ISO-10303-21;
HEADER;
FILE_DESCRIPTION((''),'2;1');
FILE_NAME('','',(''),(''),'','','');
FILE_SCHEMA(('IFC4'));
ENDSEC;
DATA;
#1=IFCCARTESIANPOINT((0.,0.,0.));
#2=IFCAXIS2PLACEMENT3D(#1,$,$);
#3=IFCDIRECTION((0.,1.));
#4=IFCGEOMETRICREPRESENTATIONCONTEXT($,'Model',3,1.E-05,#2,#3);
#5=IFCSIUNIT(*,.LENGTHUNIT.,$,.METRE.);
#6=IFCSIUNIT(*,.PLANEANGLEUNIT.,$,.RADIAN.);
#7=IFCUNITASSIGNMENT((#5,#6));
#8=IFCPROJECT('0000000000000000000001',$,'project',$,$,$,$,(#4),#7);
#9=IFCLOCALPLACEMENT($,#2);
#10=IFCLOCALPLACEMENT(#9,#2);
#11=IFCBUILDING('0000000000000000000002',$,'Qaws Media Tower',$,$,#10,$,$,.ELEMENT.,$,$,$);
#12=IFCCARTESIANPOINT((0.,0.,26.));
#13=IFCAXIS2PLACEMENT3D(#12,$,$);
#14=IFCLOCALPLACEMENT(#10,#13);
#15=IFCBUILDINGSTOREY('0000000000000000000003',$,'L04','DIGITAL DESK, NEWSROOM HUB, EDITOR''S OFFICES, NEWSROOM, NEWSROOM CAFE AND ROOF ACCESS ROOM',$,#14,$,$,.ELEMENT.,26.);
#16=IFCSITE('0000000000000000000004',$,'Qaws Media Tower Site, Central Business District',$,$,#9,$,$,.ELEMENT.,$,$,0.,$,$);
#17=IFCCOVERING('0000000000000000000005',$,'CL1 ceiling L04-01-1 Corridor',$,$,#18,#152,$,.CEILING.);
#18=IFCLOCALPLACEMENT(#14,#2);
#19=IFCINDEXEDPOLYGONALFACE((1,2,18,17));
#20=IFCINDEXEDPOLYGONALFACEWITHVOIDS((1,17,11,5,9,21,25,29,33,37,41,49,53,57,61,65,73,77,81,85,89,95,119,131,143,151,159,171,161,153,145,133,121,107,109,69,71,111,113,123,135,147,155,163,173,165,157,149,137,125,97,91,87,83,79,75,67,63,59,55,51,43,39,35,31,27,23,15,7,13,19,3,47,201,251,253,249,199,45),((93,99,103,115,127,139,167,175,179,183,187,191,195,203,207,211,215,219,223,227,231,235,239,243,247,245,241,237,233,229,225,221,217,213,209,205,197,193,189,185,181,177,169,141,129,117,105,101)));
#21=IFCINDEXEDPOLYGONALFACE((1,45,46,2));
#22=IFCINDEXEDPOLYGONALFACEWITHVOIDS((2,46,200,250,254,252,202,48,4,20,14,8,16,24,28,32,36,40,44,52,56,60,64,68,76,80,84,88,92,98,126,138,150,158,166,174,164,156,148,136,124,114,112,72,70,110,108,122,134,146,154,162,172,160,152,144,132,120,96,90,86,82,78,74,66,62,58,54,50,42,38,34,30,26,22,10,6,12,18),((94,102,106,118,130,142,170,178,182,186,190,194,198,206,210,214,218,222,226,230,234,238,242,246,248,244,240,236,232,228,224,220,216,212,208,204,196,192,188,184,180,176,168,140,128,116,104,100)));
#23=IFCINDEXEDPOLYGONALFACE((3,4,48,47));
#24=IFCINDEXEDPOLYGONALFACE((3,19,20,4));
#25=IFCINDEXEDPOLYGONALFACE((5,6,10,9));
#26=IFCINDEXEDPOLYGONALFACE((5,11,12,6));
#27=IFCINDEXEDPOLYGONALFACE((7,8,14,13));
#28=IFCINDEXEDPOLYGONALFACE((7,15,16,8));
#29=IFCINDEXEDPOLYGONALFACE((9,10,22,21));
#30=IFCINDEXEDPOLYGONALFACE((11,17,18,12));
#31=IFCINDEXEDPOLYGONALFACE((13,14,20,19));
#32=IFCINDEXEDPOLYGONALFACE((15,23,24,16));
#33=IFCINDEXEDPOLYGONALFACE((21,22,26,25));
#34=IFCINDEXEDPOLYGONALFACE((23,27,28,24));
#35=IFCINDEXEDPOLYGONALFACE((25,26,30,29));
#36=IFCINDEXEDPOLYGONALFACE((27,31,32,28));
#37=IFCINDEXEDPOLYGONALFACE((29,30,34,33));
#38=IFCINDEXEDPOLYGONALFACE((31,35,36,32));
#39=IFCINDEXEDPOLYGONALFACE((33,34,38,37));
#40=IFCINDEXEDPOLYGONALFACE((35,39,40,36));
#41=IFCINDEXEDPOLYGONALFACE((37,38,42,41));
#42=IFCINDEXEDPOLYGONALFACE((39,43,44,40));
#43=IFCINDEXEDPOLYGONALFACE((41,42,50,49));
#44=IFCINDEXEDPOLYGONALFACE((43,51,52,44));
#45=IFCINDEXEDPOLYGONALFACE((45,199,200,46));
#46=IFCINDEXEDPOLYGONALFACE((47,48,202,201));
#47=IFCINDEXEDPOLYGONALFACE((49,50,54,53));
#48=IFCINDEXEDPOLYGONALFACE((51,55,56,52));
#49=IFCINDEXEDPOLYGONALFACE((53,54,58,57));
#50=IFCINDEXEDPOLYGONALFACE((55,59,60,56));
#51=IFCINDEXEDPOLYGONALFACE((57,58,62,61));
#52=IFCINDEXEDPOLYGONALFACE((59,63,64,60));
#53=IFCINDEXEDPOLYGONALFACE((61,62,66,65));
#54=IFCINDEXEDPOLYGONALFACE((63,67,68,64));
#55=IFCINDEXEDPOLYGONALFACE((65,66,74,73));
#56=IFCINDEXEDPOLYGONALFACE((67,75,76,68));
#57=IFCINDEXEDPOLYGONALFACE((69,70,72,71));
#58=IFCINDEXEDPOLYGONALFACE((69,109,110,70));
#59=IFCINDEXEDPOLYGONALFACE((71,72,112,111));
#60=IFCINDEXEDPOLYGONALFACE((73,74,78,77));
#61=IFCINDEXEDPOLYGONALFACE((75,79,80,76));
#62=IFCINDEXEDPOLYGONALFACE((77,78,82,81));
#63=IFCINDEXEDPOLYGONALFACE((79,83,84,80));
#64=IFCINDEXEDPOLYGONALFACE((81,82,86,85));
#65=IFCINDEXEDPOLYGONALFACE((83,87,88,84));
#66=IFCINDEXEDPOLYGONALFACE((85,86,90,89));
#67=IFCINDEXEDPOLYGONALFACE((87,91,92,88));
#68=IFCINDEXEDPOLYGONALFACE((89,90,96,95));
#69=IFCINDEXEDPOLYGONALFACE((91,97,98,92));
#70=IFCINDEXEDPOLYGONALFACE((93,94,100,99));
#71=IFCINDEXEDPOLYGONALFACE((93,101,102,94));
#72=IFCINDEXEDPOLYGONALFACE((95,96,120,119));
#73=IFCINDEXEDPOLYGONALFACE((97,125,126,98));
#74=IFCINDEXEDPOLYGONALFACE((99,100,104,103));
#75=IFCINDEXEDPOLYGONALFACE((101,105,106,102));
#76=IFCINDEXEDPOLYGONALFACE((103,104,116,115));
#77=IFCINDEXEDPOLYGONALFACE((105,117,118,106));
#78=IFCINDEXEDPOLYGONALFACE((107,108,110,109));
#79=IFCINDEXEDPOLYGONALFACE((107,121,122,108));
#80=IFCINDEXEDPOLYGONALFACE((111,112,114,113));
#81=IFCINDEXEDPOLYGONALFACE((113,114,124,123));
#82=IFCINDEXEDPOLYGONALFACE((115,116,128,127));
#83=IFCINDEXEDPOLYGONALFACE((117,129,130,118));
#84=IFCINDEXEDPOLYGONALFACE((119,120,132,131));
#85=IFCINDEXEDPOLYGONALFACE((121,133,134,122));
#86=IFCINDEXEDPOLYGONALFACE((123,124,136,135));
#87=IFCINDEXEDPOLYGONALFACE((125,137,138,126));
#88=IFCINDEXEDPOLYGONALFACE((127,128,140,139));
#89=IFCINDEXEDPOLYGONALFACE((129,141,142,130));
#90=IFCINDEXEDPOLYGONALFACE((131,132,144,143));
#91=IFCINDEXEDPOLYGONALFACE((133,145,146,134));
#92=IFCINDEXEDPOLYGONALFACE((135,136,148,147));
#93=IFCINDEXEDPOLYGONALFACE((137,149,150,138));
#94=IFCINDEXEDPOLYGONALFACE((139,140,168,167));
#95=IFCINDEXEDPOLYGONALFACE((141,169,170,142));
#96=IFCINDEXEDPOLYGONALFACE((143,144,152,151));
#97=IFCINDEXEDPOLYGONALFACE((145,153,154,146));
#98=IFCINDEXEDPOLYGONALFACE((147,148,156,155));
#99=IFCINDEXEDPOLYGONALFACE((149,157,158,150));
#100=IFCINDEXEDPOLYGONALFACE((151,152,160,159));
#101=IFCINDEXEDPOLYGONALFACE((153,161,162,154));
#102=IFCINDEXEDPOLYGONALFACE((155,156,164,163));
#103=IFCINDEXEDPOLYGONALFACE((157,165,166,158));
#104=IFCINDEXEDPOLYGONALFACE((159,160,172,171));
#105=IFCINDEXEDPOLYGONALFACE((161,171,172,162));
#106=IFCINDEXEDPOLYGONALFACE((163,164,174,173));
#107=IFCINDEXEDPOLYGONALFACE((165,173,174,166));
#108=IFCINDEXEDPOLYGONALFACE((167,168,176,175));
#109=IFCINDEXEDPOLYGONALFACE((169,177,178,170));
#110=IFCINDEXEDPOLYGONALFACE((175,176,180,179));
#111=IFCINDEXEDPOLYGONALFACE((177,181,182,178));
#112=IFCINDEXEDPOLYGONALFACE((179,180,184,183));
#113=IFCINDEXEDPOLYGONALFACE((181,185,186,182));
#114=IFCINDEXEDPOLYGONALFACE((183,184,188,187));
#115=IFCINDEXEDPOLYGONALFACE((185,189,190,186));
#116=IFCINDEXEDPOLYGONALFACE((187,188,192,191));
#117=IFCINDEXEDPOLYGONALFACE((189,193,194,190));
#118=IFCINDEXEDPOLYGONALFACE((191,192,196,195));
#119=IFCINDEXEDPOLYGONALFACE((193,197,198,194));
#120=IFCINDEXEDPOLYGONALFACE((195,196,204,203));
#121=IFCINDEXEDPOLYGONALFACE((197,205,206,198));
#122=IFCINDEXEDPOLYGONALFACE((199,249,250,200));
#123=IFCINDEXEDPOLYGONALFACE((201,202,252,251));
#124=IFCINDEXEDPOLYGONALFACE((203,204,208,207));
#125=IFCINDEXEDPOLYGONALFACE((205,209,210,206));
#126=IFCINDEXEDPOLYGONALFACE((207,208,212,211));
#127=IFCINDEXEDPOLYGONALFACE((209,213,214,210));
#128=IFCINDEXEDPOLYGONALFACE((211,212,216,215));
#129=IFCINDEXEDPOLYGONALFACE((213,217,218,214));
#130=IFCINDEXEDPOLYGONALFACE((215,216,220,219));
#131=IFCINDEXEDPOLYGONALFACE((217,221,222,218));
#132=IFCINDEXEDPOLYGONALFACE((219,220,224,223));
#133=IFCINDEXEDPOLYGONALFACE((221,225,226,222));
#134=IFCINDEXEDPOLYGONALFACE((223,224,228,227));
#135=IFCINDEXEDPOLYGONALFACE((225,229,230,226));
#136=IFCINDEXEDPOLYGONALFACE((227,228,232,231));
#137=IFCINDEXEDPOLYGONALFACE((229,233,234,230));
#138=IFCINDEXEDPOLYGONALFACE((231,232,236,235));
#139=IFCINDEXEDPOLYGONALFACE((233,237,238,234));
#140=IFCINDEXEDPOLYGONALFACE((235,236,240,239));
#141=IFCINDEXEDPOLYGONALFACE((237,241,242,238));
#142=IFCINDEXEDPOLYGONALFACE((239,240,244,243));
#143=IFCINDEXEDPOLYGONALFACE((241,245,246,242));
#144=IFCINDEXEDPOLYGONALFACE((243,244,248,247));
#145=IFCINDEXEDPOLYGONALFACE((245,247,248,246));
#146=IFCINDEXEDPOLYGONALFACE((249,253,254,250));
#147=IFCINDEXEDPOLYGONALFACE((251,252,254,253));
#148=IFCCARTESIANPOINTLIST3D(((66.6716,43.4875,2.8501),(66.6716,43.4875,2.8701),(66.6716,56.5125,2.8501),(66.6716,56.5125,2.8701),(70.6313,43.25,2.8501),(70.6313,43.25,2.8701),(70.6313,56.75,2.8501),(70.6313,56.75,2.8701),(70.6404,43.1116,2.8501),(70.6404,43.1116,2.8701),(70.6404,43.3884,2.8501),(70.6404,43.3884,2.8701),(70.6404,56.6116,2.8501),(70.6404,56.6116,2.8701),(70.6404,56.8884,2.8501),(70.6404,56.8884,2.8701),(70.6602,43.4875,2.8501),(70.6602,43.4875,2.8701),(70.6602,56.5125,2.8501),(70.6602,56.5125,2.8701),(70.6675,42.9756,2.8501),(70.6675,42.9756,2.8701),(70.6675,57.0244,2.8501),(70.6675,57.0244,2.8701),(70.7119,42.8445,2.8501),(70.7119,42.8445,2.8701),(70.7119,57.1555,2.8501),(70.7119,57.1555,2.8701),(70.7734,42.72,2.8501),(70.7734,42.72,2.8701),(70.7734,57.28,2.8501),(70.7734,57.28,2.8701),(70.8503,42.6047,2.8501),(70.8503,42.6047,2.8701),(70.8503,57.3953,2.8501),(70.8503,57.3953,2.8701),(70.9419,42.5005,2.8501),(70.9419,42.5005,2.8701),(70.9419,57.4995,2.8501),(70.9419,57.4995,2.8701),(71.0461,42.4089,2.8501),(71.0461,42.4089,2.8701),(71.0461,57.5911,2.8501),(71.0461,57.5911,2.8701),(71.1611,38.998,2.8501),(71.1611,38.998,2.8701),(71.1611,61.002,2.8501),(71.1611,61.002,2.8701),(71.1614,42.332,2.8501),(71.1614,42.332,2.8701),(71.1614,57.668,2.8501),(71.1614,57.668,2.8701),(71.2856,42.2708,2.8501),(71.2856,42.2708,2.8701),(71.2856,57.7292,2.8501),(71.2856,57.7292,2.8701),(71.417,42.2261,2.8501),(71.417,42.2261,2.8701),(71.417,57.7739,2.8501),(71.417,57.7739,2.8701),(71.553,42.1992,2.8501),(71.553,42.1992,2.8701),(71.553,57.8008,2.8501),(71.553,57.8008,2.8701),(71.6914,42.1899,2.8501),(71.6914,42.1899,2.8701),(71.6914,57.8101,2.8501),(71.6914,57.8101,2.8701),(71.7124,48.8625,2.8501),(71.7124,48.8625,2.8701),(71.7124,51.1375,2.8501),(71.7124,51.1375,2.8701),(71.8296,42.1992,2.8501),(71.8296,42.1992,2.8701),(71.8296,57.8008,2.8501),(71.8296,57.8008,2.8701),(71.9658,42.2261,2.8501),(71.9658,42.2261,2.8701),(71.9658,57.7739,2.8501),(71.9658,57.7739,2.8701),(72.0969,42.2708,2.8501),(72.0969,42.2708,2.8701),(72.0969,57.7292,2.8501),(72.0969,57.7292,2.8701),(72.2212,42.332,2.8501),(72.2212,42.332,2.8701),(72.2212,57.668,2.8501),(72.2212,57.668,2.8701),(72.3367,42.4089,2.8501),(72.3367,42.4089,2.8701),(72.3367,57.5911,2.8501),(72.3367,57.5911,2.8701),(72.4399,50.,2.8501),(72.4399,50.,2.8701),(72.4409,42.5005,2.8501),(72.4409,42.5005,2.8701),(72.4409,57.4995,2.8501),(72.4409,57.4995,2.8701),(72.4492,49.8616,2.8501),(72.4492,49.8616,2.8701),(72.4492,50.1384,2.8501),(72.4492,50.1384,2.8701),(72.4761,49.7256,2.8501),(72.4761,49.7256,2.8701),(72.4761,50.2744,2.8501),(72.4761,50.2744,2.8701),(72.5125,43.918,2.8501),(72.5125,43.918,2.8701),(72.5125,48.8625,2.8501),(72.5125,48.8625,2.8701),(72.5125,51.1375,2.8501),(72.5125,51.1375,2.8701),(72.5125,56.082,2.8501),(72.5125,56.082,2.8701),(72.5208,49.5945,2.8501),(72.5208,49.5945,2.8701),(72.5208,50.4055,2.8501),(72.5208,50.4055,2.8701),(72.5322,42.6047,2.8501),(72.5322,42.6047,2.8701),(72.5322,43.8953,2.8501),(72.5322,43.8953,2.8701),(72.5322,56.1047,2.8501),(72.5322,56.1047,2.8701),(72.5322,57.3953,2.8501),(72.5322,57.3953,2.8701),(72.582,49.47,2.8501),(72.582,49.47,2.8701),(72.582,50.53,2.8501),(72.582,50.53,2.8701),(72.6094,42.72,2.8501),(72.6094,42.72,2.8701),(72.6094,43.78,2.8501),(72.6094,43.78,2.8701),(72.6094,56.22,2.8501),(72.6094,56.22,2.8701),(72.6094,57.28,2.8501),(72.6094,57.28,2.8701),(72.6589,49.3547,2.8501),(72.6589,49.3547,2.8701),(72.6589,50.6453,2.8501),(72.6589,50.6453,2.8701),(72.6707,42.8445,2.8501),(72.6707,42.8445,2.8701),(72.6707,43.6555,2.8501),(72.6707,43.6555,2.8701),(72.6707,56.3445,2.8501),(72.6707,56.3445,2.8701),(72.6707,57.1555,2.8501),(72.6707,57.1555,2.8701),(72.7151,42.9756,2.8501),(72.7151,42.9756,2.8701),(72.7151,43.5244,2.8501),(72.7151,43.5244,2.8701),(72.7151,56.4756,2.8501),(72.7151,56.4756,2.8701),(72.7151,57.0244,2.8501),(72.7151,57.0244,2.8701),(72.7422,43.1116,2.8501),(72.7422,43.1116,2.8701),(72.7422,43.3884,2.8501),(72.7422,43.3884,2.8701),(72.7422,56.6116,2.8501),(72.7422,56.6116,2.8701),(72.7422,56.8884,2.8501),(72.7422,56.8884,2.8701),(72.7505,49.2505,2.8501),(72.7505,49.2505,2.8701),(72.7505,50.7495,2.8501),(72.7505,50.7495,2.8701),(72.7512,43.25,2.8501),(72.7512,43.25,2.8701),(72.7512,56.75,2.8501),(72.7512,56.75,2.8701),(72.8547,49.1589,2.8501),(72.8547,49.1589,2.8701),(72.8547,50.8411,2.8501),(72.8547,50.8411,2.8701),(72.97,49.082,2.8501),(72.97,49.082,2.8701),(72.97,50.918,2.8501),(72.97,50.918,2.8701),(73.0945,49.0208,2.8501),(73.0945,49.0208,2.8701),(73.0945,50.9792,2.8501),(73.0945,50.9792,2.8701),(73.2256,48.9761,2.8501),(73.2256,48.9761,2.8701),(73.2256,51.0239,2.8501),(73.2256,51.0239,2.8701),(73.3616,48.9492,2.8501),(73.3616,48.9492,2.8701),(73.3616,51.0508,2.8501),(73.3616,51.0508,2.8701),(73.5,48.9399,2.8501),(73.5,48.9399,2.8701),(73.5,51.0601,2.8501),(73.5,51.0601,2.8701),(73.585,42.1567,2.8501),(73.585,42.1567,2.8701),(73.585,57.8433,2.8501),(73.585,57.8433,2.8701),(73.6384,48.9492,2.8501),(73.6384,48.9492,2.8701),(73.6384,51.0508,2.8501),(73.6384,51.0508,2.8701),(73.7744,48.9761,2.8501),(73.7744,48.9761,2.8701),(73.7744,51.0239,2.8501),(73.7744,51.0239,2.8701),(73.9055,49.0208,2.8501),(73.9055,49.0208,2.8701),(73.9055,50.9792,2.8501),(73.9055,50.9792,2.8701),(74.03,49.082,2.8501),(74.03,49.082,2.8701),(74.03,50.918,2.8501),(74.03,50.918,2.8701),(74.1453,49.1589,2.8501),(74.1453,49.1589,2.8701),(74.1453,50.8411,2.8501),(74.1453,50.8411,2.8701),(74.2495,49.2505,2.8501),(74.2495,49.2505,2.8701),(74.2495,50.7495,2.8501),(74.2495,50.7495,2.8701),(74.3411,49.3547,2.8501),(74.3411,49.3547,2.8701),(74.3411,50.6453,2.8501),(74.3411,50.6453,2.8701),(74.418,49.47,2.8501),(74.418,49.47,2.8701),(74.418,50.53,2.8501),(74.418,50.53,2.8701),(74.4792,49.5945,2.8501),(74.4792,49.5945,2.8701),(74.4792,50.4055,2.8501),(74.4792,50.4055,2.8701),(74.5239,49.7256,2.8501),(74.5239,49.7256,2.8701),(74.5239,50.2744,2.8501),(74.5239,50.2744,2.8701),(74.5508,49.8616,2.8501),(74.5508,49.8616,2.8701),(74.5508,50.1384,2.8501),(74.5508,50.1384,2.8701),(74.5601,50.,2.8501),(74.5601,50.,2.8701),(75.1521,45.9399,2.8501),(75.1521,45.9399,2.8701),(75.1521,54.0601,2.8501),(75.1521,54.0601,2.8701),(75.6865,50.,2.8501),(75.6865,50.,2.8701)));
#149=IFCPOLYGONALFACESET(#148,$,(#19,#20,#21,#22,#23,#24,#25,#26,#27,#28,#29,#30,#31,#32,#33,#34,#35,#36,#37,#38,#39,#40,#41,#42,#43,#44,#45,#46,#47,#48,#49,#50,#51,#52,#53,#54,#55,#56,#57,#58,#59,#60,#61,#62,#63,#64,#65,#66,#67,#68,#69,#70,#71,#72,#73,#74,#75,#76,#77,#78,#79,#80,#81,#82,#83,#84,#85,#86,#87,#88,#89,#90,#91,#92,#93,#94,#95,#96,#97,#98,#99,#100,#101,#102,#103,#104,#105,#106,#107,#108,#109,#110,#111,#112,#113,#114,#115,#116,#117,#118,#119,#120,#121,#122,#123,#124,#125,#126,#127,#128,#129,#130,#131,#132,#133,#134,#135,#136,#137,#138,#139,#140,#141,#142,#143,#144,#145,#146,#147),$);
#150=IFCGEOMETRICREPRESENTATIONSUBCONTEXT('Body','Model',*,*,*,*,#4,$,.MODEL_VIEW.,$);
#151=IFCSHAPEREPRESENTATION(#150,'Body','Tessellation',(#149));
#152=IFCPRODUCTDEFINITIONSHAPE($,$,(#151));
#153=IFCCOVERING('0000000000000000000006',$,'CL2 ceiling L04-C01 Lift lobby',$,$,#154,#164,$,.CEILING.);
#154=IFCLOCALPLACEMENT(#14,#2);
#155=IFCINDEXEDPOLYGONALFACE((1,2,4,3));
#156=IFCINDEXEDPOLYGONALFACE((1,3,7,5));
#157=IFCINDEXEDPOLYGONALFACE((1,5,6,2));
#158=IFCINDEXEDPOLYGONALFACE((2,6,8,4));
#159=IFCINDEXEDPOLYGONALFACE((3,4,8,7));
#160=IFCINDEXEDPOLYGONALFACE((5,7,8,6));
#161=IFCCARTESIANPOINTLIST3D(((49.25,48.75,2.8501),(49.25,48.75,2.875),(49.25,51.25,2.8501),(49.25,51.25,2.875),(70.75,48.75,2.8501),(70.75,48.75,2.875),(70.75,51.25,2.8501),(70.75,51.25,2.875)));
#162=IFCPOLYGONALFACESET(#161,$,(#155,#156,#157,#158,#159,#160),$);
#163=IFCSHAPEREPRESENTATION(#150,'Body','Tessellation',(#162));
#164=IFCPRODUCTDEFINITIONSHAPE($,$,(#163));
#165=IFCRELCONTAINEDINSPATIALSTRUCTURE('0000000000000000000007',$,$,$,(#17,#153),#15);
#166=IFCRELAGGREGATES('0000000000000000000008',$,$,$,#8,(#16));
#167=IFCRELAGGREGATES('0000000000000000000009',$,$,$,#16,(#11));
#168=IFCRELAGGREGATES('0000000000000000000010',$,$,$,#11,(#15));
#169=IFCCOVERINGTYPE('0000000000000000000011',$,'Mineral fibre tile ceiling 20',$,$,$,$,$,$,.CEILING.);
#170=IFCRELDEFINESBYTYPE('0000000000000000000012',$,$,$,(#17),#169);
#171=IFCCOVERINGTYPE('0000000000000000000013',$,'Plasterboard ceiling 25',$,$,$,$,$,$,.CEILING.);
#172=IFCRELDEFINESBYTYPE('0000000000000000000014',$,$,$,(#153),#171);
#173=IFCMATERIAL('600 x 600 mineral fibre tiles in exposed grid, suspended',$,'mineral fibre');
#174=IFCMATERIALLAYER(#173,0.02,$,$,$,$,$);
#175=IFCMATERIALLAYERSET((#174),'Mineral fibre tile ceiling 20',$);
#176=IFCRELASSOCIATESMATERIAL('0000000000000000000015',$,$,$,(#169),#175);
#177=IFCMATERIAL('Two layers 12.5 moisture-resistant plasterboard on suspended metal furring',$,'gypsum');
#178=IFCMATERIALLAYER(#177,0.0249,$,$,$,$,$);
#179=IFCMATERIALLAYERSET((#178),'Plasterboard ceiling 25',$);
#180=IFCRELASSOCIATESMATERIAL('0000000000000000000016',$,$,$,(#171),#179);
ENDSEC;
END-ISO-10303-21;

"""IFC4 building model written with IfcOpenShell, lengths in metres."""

from ifc_helpers import new_model, si_unit, direction, frame, origin, place, context, subcontext, project, spatial, polyline, outline, extrude, material, layer, layer_set, type_object, element, save


model = new_model("IFC4")

# Units and contexts
model_context = context("Model", 3, precision=1e-05, world=origin(), true_north=direction((0.0, 1.0)))
body_context = subcontext(model_context, "Body", "Model", "MODEL_VIEW")
ifc_project = project(units=[si_unit("LENGTHUNIT", "METRE"), si_unit("PLANEANGLEUNIT", "RADIAN")], contexts=[model_context])

# Site, building, storey
site_placement = place(None, origin())
site = spatial("IfcSite", under=ifc_project, at=site_placement, Name="Qaws Media Tower Site, Central Business District", CompositionType="ELEMENT", RefElevation=0.0)
building_placement = place(site_placement, origin())
building = spatial("IfcBuilding", under=site, at=building_placement, Name="Qaws Media Tower", CompositionType="ELEMENT")
storey_placement = place(building_placement, frame((0.0, 0.0, 26.0)))
storey = spatial("IfcBuildingStorey", under=building, at=storey_placement, Name="L04", Description="DIGITAL DESK, NEWSROOM HUB, EDITOR'S OFFICES, NEWSROOM, NEWSROOM CAFE AND ROOF ACCESS ROOM", CompositionType="ELEMENT", Elevation=26.0)

# Coverings
ifc_material_1 = material(Name="600 x 600 mineral fibre tiles in exposed grid, suspended", Category="mineral fibre")
ifc_layer_1 = layer(ifc_material_1, 0.02)
ifc_layer_set_1 = layer_set([ifc_layer_1], Name="Mineral fibre tile ceiling 20")
covering_type_1 = type_object("IfcCoveringType", Name="Mineral fibre tile ceiling 20", PredefinedType="CEILING", material=ifc_layer_set_1)
covering_1_placement = place(storey_placement, frame((0.0, 0.0, 2.8501)))
element("IfcCovering", 1, at=covering_1_placement, inside=storey, type_object=covering_type_1, Name="CL1 ceiling L04-01-1 Corridor", PredefinedType="CEILING", context=body_context, shape_type="SweptSolid", body=[
    extrude(outline(polyline([(73.585, 57.8433), (75.1521, 54.0601), (75.6865, 50.0), (75.1521, 45.9399), (73.585, 42.1567), (71.1611, 38.998), (66.6716, 43.4875), (70.6602, 43.4875), (70.6404, 43.3884), (70.6313, 43.25), (70.6404, 43.1116), (70.6675, 42.9756), (70.7119, 42.8445), (70.7734, 42.72), (70.8503, 42.6047), (70.9419, 42.5005), (71.0461, 42.4089), (71.1614, 42.332), (71.2856, 42.2708), (71.417, 42.2261), (71.553, 42.1992), (71.6914, 42.1899), (71.8296, 42.1992), (71.9658, 42.2261), (72.0969, 42.2708), (72.2212, 42.332), (72.3367, 42.4089), (72.4409, 42.5005), (72.5322, 42.6047), (72.6094, 42.72), (72.6707, 42.8445), (72.7151, 42.9756), (72.7422, 43.1116), (72.7512, 43.25), (72.7422, 43.3884), (72.7151, 43.5244), (72.6707, 43.6555), (72.6094, 43.78), (72.5322, 43.8953), (72.5125, 43.918), (72.5125, 48.8625), (71.7124, 48.8625), (71.7124, 51.1375), (72.5125, 51.1375), (72.5125, 56.082), (72.5322, 56.1047), (72.6094, 56.22), (72.6707, 56.3445), (72.7151, 56.4756), (72.7422, 56.6116), (72.7512, 56.75), (72.7422, 56.8884), (72.7151, 57.0244), (72.6707, 57.1555), (72.6094, 57.28), (72.5322, 57.3953), (72.4409, 57.4995), (72.3367, 57.5911), (72.2212, 57.668), (72.0969, 57.7292), (71.9658, 57.7739), (71.8296, 57.8008), (71.6914, 57.8101), (71.553, 57.8008), (71.417, 57.7739), (71.2856, 57.7292), (71.1614, 57.668), (71.0461, 57.5911), (70.9419, 57.4995), (70.8503, 57.3953), (70.7734, 57.28), (70.7119, 57.1555), (70.6675, 57.0244), (70.6404, 56.8884), (70.6313, 56.75), (70.6404, 56.6116), (70.6602, 56.5125), (66.6716, 56.5125), (71.1611, 61.002), (73.585, 57.8433)]), holes=[polyline([(74.5239, 49.7256), (74.5508, 49.8616), (74.5601, 50.0), (74.5508, 50.1384), (74.5239, 50.2744), (74.4792, 50.4055), (74.418, 50.53), (74.3411, 50.6453), (74.2495, 50.7495), (74.1453, 50.8411), (74.03, 50.918), (73.9055, 50.9792), (73.7744, 51.0239), (73.6384, 51.0508), (73.5, 51.0601), (73.3616, 51.0508), (73.2256, 51.0239), (73.0945, 50.9792), (72.97, 50.918), (72.8547, 50.8411), (72.7505, 50.7495), (72.6589, 50.6453), (72.582, 50.53), (72.5208, 50.4055), (72.4761, 50.2744), (72.4492, 50.1384), (72.4399, 50.0), (72.4492, 49.8616), (72.4761, 49.7256), (72.5208, 49.5945), (72.582, 49.47), (72.6589, 49.3547), (72.7505, 49.2505), (72.8547, 49.1589), (72.97, 49.082), (73.0945, 49.0208), (73.2256, 48.9761), (73.3616, 48.9492), (73.5, 48.9399), (73.6384, 48.9492), (73.7744, 48.9761), (73.9055, 49.0208), (74.03, 49.082), (74.1453, 49.1589), (74.2495, 49.2505), (74.3411, 49.3547), (74.418, 49.47), (74.4792, 49.5945), (74.5239, 49.7256)])]), origin(), (0.0, 0.0, 1.0), 0.02),
])
ifc_material_2 = material(Name="Two layers 12.5 moisture-resistant plasterboard on suspended metal furring", Category="gypsum")
ifc_layer_2 = layer(ifc_material_2, 0.0249)
ifc_layer_set_2 = layer_set([ifc_layer_2], Name="Plasterboard ceiling 25")
covering_type_2 = type_object("IfcCoveringType", Name="Plasterboard ceiling 25", PredefinedType="CEILING", material=ifc_layer_set_2)
covering_2_placement = place(storey_placement, frame((0.0, 0.0, 2.8501)))
element("IfcCovering", 2, at=covering_2_placement, inside=storey, type_object=covering_type_2, Name="CL2 ceiling L04-C01 Lift lobby", PredefinedType="CEILING", context=body_context, shape_type="SweptSolid", body=[
    extrude(outline(polyline([(49.25, 48.75), (49.25, 51.25), (70.75, 51.25), (70.75, 48.75), (49.25, 48.75)])), origin(), (0.0, 0.0, 1.0), 0.0249),
])

save(model, "model.ifc")
